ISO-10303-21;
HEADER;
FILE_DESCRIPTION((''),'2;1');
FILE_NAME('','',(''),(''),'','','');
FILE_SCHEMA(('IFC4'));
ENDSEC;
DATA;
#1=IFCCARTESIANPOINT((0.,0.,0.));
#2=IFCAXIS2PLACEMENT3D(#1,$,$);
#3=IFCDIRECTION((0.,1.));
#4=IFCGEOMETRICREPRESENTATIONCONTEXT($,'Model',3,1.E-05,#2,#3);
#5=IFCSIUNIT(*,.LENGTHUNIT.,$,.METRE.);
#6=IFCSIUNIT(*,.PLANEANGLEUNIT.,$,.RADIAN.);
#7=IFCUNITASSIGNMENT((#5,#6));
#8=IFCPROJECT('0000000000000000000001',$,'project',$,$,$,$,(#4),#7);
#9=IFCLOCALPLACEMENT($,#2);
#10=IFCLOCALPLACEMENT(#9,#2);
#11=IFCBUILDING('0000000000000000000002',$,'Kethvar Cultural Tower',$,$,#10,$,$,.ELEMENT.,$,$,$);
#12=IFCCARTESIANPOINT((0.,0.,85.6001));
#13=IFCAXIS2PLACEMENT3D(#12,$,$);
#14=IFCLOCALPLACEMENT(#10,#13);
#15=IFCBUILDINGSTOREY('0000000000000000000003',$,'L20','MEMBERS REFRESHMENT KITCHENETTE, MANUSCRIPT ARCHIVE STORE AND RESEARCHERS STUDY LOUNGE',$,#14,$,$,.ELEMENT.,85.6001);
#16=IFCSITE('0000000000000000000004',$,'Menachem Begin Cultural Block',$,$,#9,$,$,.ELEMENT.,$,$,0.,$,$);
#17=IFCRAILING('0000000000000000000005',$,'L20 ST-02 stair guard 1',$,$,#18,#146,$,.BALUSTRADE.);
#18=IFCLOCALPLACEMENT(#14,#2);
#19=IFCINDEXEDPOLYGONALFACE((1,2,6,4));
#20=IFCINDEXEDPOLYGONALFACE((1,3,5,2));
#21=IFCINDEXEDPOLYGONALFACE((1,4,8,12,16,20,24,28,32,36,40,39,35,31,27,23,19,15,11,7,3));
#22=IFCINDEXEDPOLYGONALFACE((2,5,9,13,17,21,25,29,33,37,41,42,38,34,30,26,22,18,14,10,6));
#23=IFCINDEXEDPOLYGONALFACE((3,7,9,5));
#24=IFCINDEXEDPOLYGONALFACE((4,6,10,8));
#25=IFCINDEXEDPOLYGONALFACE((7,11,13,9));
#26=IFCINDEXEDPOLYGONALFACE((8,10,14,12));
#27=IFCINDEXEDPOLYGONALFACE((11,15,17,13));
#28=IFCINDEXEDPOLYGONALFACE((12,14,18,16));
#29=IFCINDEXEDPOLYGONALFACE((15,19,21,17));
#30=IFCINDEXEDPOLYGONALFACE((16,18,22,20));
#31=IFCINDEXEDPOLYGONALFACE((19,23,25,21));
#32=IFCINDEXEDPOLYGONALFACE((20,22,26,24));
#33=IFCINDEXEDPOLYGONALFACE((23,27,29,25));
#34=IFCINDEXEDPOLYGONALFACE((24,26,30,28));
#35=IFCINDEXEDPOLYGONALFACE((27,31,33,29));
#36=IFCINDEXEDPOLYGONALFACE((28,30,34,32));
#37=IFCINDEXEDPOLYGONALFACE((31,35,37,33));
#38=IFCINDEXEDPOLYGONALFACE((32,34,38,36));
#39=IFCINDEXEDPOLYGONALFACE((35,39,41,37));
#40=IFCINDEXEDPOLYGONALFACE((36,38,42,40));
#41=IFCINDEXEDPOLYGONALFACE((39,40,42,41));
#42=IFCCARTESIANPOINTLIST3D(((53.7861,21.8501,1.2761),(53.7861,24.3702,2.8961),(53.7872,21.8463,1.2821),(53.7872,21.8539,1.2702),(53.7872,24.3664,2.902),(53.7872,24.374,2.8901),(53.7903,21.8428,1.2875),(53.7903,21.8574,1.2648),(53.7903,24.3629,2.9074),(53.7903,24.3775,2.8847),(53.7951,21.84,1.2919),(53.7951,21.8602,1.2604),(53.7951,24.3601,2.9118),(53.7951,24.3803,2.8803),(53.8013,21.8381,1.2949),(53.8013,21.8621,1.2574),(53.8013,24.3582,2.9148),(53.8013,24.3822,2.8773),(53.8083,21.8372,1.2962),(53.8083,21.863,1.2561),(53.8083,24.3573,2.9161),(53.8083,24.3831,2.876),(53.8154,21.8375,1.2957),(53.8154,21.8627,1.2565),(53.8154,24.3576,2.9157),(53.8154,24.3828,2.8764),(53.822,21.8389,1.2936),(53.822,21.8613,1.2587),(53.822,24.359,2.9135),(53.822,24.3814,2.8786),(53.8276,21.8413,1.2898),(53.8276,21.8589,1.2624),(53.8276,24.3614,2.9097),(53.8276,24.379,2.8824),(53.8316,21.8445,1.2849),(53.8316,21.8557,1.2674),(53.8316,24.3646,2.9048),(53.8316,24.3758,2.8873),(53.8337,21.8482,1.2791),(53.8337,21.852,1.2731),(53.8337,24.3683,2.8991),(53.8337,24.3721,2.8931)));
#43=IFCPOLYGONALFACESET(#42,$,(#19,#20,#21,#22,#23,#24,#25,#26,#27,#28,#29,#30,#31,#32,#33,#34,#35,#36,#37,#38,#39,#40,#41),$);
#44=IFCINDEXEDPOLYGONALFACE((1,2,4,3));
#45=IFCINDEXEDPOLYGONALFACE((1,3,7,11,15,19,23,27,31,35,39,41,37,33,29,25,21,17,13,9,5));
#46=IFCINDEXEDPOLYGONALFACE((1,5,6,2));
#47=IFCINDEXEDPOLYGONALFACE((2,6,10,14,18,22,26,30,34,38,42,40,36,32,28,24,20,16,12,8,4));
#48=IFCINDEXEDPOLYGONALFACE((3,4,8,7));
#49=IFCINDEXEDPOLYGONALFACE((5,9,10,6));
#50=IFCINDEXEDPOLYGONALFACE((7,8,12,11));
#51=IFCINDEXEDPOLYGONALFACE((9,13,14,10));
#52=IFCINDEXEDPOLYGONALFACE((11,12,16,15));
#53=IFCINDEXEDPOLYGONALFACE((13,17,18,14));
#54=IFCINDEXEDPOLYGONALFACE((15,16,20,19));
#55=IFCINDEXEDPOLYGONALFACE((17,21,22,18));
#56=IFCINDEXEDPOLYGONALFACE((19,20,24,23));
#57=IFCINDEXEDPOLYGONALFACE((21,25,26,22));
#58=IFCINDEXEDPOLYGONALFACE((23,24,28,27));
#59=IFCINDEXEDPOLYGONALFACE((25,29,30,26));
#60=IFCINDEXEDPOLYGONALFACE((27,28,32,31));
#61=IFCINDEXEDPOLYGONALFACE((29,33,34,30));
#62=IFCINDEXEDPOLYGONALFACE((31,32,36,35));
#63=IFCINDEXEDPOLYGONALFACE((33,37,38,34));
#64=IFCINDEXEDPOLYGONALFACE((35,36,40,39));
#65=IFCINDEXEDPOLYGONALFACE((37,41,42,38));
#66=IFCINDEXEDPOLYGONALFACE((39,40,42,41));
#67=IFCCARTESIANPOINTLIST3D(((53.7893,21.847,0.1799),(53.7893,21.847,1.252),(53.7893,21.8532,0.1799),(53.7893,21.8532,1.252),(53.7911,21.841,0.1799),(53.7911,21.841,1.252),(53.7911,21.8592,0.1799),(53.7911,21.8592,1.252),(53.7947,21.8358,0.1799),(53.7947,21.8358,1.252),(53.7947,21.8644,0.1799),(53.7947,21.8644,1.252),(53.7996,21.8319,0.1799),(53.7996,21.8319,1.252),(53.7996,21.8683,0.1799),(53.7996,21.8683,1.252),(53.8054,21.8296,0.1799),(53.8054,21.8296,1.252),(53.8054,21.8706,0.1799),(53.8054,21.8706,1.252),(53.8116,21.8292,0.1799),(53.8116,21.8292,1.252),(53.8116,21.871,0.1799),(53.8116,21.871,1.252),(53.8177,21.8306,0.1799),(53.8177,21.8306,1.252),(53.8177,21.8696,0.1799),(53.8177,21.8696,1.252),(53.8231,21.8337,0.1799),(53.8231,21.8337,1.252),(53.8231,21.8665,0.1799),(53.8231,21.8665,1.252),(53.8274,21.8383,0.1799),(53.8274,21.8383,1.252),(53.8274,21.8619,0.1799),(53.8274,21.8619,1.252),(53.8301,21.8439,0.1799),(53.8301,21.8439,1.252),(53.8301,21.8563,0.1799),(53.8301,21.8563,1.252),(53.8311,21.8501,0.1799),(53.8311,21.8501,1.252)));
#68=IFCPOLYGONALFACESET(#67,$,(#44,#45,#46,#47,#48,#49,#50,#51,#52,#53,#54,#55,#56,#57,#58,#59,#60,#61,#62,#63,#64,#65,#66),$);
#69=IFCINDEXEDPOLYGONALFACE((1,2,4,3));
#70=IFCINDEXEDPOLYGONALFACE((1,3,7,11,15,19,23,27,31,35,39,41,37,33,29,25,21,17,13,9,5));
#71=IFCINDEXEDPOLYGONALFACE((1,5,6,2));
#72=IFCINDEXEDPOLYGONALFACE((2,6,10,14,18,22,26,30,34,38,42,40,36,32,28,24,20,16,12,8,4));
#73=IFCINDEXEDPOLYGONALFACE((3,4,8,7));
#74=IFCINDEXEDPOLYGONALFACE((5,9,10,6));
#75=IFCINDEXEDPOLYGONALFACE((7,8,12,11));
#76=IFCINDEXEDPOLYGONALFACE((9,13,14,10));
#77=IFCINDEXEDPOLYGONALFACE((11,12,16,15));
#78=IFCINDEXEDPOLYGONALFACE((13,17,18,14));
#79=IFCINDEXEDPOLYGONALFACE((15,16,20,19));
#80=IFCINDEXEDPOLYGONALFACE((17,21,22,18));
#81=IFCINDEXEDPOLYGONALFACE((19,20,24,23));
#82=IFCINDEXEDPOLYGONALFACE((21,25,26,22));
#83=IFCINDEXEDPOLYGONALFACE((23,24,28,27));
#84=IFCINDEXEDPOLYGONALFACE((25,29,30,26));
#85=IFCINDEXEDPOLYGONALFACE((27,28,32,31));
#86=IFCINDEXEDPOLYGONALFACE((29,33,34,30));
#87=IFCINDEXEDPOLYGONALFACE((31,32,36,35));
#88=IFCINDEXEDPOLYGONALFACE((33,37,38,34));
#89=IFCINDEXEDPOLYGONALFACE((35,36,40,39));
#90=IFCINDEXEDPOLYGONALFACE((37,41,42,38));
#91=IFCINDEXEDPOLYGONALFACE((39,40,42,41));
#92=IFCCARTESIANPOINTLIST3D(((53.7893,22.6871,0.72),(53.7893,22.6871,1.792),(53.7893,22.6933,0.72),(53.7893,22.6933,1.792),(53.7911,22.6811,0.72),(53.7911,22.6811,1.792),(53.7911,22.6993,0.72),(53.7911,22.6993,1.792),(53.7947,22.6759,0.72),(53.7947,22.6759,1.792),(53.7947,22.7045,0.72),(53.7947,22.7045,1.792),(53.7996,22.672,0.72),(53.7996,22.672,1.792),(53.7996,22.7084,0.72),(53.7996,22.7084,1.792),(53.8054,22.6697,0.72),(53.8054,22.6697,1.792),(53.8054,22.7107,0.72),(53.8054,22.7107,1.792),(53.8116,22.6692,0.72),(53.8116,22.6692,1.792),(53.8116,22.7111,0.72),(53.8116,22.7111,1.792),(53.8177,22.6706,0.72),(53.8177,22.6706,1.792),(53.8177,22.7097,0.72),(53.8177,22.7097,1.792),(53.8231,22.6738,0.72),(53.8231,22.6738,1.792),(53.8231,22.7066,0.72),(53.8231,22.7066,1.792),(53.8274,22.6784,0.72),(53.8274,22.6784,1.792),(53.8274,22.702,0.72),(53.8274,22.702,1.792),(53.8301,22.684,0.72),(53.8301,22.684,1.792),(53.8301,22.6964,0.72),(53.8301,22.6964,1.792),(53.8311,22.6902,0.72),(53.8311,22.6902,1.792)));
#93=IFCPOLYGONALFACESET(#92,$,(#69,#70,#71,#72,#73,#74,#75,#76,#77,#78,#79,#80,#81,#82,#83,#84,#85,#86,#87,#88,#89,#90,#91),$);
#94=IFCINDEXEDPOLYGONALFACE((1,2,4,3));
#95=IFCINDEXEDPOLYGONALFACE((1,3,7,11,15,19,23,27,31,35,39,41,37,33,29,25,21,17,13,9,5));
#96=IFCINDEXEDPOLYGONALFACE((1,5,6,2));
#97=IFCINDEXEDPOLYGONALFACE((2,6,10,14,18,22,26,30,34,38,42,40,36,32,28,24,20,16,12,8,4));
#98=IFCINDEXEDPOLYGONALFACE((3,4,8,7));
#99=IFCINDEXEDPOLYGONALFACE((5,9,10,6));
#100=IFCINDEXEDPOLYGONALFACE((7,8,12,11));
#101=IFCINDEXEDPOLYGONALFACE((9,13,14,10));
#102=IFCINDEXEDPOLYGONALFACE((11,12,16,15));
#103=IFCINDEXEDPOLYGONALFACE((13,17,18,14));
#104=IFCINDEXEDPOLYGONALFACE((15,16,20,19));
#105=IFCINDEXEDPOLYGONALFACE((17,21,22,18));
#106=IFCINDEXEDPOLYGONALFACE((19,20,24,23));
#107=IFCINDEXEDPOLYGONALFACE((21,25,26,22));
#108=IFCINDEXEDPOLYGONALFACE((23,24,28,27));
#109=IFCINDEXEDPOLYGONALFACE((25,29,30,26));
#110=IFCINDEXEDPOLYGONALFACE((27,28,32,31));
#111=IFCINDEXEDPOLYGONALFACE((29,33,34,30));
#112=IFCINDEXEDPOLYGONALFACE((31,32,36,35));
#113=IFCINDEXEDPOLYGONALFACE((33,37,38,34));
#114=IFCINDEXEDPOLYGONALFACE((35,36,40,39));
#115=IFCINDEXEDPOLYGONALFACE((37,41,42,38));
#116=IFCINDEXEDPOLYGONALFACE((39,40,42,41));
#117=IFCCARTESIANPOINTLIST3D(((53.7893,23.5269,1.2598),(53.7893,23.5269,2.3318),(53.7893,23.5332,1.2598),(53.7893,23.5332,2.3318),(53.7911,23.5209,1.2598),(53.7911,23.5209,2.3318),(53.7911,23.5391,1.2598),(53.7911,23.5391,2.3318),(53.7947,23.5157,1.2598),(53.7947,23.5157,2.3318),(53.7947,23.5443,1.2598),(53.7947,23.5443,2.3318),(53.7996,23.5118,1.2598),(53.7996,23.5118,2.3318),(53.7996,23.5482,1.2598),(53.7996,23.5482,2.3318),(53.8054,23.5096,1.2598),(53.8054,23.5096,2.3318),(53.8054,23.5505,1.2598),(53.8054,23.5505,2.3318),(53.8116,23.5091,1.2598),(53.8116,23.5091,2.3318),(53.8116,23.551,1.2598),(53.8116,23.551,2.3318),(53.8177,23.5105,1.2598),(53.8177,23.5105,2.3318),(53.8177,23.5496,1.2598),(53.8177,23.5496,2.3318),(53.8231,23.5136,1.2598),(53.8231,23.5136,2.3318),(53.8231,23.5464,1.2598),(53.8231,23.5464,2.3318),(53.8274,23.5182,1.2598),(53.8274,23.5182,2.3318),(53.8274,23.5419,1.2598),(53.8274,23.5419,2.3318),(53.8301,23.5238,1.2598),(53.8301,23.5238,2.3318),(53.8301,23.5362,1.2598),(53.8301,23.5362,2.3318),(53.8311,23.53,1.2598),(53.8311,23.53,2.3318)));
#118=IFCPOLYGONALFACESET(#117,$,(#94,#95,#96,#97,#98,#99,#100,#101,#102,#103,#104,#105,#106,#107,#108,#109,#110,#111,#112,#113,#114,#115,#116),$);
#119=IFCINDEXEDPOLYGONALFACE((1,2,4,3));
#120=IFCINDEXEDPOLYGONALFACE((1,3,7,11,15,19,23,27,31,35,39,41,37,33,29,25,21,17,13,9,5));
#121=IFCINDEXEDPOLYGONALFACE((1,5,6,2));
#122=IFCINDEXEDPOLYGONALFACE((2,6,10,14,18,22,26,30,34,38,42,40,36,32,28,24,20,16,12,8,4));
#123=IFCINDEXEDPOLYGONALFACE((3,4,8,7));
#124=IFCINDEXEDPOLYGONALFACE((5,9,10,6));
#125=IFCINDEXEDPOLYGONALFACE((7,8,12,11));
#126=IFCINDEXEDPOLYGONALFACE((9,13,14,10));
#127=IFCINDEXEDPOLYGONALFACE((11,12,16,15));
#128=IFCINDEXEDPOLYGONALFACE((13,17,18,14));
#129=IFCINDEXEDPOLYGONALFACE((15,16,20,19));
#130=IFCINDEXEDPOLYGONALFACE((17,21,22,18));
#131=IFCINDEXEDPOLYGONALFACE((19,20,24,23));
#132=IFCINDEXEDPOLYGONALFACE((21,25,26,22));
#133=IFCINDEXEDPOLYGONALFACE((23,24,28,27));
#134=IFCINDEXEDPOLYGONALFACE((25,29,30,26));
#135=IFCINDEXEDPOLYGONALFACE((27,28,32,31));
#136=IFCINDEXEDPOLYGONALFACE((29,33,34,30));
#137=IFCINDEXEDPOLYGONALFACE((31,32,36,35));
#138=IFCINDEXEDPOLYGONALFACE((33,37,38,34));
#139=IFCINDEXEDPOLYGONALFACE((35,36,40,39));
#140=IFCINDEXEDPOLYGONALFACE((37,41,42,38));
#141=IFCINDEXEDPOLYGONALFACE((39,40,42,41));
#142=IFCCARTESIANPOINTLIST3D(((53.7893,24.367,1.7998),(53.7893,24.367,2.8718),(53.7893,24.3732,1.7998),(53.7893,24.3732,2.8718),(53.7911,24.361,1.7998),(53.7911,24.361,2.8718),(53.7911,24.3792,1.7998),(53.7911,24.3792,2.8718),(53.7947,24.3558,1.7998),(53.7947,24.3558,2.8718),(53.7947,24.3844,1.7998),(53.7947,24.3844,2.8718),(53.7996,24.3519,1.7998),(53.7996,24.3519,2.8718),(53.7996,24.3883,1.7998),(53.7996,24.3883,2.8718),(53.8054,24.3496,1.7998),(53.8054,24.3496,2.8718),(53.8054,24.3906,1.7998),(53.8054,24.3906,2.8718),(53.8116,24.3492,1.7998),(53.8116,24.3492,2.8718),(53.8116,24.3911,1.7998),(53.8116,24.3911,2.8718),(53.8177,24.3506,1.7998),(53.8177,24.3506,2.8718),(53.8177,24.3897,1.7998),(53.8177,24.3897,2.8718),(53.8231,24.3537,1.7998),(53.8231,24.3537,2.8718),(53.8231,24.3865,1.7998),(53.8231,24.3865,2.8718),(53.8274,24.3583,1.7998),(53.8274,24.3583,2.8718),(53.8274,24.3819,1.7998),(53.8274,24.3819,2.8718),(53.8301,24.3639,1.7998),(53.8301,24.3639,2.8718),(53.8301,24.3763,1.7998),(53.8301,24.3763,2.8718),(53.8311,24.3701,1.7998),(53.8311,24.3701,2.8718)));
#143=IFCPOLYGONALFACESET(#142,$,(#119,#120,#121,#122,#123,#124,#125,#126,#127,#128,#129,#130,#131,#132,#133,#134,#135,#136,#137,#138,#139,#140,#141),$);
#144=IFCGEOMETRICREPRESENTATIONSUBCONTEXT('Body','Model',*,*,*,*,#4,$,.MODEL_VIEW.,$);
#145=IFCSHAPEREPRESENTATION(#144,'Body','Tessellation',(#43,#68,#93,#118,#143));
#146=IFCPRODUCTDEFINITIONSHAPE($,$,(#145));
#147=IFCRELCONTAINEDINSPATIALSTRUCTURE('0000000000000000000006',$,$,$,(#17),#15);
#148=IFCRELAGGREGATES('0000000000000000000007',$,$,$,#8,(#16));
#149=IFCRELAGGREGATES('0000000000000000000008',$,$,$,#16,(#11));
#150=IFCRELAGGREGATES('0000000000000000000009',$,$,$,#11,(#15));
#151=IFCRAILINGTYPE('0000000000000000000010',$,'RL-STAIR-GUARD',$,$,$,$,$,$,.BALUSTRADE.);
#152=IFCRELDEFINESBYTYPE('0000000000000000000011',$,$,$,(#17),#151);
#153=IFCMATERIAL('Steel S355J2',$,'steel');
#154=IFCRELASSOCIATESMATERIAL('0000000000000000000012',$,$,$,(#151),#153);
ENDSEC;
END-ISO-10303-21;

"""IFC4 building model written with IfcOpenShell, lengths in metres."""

from ifc_helpers import new_model, si_unit, direction, frame, origin, origin_2d, place, context, subcontext, project, spatial, circle, extrude, material, type_object, element, save


model = new_model("IFC4")

# Units and contexts
model_context = context("Model", 3, precision=1e-05, world=origin(), true_north=direction((0.0, 1.0)))
body_context = subcontext(model_context, "Body", "Model", "MODEL_VIEW")
ifc_project = project(units=[si_unit("LENGTHUNIT", "METRE"), si_unit("PLANEANGLEUNIT", "RADIAN")], contexts=[model_context])

# Site, building, storey
site_placement = place(None, origin())
site = spatial("IfcSite", under=ifc_project, at=site_placement, Name="Menachem Begin Cultural Block", CompositionType="ELEMENT", RefElevation=0.0)
building_placement = place(site_placement, origin())
building = spatial("IfcBuilding", under=site, at=building_placement, Name="Kethvar Cultural Tower", CompositionType="ELEMENT")
storey_placement = place(building_placement, frame((0.0, 0.0, 85.6001)))
storey = spatial("IfcBuildingStorey", under=building, at=storey_placement, Name="L20", Description="MEMBERS REFRESHMENT KITCHENETTE, MANUSCRIPT ARCHIVE STORE AND RESEARCHERS STUDY LOUNGE", CompositionType="ELEMENT", Elevation=85.6001)

# Shared definitions
ifc_material_1 = material(Name="Steel S355J2", Category="steel")

# Railing
railing_type_1 = type_object("IfcRailingType", Name="RL-STAIR-GUARD", PredefinedType="BALUSTRADE", material=ifc_material_1)
railing_1_placement = place(storey_placement, frame((53.8101, 21.8501, 0.1799)))
element("IfcRailing", 1, at=railing_1_placement, inside=storey, type_object=railing_type_1, Name="L20 ST-02 stair guard 1", PredefinedType="BALUSTRADE", context=body_context, shape_type="SweptSolid", body=[
    extrude(circle(Radius=0.0239, at=origin_2d()), frame((0.0, 0.0, 1.0962), z_axis=(0.0, 0.8412, 0.540725), x_axis=(-1.0, 0.0, 0.0)), (0.0, 0.0, 1.0), 2.9958),
    extrude(circle(Radius=0.021, at=origin_2d()), origin(), (0.0, 0.0, 1.0), 1.072),
    extrude(circle(Radius=0.021, at=origin_2d()), frame((0.0, 0.8401, 0.54)), (0.0, 0.0, 1.0), 1.072),
    extrude(circle(Radius=0.021, at=origin_2d()), frame((0.0, 1.6799, 1.0798)), (0.0, 0.0, 1.0), 1.072),
    extrude(circle(Radius=0.021, at=origin_2d()), frame((0.0, 2.52, 1.6199)), (0.0, 0.0, 1.0), 1.072),
])

save(model, "model.ifc")
